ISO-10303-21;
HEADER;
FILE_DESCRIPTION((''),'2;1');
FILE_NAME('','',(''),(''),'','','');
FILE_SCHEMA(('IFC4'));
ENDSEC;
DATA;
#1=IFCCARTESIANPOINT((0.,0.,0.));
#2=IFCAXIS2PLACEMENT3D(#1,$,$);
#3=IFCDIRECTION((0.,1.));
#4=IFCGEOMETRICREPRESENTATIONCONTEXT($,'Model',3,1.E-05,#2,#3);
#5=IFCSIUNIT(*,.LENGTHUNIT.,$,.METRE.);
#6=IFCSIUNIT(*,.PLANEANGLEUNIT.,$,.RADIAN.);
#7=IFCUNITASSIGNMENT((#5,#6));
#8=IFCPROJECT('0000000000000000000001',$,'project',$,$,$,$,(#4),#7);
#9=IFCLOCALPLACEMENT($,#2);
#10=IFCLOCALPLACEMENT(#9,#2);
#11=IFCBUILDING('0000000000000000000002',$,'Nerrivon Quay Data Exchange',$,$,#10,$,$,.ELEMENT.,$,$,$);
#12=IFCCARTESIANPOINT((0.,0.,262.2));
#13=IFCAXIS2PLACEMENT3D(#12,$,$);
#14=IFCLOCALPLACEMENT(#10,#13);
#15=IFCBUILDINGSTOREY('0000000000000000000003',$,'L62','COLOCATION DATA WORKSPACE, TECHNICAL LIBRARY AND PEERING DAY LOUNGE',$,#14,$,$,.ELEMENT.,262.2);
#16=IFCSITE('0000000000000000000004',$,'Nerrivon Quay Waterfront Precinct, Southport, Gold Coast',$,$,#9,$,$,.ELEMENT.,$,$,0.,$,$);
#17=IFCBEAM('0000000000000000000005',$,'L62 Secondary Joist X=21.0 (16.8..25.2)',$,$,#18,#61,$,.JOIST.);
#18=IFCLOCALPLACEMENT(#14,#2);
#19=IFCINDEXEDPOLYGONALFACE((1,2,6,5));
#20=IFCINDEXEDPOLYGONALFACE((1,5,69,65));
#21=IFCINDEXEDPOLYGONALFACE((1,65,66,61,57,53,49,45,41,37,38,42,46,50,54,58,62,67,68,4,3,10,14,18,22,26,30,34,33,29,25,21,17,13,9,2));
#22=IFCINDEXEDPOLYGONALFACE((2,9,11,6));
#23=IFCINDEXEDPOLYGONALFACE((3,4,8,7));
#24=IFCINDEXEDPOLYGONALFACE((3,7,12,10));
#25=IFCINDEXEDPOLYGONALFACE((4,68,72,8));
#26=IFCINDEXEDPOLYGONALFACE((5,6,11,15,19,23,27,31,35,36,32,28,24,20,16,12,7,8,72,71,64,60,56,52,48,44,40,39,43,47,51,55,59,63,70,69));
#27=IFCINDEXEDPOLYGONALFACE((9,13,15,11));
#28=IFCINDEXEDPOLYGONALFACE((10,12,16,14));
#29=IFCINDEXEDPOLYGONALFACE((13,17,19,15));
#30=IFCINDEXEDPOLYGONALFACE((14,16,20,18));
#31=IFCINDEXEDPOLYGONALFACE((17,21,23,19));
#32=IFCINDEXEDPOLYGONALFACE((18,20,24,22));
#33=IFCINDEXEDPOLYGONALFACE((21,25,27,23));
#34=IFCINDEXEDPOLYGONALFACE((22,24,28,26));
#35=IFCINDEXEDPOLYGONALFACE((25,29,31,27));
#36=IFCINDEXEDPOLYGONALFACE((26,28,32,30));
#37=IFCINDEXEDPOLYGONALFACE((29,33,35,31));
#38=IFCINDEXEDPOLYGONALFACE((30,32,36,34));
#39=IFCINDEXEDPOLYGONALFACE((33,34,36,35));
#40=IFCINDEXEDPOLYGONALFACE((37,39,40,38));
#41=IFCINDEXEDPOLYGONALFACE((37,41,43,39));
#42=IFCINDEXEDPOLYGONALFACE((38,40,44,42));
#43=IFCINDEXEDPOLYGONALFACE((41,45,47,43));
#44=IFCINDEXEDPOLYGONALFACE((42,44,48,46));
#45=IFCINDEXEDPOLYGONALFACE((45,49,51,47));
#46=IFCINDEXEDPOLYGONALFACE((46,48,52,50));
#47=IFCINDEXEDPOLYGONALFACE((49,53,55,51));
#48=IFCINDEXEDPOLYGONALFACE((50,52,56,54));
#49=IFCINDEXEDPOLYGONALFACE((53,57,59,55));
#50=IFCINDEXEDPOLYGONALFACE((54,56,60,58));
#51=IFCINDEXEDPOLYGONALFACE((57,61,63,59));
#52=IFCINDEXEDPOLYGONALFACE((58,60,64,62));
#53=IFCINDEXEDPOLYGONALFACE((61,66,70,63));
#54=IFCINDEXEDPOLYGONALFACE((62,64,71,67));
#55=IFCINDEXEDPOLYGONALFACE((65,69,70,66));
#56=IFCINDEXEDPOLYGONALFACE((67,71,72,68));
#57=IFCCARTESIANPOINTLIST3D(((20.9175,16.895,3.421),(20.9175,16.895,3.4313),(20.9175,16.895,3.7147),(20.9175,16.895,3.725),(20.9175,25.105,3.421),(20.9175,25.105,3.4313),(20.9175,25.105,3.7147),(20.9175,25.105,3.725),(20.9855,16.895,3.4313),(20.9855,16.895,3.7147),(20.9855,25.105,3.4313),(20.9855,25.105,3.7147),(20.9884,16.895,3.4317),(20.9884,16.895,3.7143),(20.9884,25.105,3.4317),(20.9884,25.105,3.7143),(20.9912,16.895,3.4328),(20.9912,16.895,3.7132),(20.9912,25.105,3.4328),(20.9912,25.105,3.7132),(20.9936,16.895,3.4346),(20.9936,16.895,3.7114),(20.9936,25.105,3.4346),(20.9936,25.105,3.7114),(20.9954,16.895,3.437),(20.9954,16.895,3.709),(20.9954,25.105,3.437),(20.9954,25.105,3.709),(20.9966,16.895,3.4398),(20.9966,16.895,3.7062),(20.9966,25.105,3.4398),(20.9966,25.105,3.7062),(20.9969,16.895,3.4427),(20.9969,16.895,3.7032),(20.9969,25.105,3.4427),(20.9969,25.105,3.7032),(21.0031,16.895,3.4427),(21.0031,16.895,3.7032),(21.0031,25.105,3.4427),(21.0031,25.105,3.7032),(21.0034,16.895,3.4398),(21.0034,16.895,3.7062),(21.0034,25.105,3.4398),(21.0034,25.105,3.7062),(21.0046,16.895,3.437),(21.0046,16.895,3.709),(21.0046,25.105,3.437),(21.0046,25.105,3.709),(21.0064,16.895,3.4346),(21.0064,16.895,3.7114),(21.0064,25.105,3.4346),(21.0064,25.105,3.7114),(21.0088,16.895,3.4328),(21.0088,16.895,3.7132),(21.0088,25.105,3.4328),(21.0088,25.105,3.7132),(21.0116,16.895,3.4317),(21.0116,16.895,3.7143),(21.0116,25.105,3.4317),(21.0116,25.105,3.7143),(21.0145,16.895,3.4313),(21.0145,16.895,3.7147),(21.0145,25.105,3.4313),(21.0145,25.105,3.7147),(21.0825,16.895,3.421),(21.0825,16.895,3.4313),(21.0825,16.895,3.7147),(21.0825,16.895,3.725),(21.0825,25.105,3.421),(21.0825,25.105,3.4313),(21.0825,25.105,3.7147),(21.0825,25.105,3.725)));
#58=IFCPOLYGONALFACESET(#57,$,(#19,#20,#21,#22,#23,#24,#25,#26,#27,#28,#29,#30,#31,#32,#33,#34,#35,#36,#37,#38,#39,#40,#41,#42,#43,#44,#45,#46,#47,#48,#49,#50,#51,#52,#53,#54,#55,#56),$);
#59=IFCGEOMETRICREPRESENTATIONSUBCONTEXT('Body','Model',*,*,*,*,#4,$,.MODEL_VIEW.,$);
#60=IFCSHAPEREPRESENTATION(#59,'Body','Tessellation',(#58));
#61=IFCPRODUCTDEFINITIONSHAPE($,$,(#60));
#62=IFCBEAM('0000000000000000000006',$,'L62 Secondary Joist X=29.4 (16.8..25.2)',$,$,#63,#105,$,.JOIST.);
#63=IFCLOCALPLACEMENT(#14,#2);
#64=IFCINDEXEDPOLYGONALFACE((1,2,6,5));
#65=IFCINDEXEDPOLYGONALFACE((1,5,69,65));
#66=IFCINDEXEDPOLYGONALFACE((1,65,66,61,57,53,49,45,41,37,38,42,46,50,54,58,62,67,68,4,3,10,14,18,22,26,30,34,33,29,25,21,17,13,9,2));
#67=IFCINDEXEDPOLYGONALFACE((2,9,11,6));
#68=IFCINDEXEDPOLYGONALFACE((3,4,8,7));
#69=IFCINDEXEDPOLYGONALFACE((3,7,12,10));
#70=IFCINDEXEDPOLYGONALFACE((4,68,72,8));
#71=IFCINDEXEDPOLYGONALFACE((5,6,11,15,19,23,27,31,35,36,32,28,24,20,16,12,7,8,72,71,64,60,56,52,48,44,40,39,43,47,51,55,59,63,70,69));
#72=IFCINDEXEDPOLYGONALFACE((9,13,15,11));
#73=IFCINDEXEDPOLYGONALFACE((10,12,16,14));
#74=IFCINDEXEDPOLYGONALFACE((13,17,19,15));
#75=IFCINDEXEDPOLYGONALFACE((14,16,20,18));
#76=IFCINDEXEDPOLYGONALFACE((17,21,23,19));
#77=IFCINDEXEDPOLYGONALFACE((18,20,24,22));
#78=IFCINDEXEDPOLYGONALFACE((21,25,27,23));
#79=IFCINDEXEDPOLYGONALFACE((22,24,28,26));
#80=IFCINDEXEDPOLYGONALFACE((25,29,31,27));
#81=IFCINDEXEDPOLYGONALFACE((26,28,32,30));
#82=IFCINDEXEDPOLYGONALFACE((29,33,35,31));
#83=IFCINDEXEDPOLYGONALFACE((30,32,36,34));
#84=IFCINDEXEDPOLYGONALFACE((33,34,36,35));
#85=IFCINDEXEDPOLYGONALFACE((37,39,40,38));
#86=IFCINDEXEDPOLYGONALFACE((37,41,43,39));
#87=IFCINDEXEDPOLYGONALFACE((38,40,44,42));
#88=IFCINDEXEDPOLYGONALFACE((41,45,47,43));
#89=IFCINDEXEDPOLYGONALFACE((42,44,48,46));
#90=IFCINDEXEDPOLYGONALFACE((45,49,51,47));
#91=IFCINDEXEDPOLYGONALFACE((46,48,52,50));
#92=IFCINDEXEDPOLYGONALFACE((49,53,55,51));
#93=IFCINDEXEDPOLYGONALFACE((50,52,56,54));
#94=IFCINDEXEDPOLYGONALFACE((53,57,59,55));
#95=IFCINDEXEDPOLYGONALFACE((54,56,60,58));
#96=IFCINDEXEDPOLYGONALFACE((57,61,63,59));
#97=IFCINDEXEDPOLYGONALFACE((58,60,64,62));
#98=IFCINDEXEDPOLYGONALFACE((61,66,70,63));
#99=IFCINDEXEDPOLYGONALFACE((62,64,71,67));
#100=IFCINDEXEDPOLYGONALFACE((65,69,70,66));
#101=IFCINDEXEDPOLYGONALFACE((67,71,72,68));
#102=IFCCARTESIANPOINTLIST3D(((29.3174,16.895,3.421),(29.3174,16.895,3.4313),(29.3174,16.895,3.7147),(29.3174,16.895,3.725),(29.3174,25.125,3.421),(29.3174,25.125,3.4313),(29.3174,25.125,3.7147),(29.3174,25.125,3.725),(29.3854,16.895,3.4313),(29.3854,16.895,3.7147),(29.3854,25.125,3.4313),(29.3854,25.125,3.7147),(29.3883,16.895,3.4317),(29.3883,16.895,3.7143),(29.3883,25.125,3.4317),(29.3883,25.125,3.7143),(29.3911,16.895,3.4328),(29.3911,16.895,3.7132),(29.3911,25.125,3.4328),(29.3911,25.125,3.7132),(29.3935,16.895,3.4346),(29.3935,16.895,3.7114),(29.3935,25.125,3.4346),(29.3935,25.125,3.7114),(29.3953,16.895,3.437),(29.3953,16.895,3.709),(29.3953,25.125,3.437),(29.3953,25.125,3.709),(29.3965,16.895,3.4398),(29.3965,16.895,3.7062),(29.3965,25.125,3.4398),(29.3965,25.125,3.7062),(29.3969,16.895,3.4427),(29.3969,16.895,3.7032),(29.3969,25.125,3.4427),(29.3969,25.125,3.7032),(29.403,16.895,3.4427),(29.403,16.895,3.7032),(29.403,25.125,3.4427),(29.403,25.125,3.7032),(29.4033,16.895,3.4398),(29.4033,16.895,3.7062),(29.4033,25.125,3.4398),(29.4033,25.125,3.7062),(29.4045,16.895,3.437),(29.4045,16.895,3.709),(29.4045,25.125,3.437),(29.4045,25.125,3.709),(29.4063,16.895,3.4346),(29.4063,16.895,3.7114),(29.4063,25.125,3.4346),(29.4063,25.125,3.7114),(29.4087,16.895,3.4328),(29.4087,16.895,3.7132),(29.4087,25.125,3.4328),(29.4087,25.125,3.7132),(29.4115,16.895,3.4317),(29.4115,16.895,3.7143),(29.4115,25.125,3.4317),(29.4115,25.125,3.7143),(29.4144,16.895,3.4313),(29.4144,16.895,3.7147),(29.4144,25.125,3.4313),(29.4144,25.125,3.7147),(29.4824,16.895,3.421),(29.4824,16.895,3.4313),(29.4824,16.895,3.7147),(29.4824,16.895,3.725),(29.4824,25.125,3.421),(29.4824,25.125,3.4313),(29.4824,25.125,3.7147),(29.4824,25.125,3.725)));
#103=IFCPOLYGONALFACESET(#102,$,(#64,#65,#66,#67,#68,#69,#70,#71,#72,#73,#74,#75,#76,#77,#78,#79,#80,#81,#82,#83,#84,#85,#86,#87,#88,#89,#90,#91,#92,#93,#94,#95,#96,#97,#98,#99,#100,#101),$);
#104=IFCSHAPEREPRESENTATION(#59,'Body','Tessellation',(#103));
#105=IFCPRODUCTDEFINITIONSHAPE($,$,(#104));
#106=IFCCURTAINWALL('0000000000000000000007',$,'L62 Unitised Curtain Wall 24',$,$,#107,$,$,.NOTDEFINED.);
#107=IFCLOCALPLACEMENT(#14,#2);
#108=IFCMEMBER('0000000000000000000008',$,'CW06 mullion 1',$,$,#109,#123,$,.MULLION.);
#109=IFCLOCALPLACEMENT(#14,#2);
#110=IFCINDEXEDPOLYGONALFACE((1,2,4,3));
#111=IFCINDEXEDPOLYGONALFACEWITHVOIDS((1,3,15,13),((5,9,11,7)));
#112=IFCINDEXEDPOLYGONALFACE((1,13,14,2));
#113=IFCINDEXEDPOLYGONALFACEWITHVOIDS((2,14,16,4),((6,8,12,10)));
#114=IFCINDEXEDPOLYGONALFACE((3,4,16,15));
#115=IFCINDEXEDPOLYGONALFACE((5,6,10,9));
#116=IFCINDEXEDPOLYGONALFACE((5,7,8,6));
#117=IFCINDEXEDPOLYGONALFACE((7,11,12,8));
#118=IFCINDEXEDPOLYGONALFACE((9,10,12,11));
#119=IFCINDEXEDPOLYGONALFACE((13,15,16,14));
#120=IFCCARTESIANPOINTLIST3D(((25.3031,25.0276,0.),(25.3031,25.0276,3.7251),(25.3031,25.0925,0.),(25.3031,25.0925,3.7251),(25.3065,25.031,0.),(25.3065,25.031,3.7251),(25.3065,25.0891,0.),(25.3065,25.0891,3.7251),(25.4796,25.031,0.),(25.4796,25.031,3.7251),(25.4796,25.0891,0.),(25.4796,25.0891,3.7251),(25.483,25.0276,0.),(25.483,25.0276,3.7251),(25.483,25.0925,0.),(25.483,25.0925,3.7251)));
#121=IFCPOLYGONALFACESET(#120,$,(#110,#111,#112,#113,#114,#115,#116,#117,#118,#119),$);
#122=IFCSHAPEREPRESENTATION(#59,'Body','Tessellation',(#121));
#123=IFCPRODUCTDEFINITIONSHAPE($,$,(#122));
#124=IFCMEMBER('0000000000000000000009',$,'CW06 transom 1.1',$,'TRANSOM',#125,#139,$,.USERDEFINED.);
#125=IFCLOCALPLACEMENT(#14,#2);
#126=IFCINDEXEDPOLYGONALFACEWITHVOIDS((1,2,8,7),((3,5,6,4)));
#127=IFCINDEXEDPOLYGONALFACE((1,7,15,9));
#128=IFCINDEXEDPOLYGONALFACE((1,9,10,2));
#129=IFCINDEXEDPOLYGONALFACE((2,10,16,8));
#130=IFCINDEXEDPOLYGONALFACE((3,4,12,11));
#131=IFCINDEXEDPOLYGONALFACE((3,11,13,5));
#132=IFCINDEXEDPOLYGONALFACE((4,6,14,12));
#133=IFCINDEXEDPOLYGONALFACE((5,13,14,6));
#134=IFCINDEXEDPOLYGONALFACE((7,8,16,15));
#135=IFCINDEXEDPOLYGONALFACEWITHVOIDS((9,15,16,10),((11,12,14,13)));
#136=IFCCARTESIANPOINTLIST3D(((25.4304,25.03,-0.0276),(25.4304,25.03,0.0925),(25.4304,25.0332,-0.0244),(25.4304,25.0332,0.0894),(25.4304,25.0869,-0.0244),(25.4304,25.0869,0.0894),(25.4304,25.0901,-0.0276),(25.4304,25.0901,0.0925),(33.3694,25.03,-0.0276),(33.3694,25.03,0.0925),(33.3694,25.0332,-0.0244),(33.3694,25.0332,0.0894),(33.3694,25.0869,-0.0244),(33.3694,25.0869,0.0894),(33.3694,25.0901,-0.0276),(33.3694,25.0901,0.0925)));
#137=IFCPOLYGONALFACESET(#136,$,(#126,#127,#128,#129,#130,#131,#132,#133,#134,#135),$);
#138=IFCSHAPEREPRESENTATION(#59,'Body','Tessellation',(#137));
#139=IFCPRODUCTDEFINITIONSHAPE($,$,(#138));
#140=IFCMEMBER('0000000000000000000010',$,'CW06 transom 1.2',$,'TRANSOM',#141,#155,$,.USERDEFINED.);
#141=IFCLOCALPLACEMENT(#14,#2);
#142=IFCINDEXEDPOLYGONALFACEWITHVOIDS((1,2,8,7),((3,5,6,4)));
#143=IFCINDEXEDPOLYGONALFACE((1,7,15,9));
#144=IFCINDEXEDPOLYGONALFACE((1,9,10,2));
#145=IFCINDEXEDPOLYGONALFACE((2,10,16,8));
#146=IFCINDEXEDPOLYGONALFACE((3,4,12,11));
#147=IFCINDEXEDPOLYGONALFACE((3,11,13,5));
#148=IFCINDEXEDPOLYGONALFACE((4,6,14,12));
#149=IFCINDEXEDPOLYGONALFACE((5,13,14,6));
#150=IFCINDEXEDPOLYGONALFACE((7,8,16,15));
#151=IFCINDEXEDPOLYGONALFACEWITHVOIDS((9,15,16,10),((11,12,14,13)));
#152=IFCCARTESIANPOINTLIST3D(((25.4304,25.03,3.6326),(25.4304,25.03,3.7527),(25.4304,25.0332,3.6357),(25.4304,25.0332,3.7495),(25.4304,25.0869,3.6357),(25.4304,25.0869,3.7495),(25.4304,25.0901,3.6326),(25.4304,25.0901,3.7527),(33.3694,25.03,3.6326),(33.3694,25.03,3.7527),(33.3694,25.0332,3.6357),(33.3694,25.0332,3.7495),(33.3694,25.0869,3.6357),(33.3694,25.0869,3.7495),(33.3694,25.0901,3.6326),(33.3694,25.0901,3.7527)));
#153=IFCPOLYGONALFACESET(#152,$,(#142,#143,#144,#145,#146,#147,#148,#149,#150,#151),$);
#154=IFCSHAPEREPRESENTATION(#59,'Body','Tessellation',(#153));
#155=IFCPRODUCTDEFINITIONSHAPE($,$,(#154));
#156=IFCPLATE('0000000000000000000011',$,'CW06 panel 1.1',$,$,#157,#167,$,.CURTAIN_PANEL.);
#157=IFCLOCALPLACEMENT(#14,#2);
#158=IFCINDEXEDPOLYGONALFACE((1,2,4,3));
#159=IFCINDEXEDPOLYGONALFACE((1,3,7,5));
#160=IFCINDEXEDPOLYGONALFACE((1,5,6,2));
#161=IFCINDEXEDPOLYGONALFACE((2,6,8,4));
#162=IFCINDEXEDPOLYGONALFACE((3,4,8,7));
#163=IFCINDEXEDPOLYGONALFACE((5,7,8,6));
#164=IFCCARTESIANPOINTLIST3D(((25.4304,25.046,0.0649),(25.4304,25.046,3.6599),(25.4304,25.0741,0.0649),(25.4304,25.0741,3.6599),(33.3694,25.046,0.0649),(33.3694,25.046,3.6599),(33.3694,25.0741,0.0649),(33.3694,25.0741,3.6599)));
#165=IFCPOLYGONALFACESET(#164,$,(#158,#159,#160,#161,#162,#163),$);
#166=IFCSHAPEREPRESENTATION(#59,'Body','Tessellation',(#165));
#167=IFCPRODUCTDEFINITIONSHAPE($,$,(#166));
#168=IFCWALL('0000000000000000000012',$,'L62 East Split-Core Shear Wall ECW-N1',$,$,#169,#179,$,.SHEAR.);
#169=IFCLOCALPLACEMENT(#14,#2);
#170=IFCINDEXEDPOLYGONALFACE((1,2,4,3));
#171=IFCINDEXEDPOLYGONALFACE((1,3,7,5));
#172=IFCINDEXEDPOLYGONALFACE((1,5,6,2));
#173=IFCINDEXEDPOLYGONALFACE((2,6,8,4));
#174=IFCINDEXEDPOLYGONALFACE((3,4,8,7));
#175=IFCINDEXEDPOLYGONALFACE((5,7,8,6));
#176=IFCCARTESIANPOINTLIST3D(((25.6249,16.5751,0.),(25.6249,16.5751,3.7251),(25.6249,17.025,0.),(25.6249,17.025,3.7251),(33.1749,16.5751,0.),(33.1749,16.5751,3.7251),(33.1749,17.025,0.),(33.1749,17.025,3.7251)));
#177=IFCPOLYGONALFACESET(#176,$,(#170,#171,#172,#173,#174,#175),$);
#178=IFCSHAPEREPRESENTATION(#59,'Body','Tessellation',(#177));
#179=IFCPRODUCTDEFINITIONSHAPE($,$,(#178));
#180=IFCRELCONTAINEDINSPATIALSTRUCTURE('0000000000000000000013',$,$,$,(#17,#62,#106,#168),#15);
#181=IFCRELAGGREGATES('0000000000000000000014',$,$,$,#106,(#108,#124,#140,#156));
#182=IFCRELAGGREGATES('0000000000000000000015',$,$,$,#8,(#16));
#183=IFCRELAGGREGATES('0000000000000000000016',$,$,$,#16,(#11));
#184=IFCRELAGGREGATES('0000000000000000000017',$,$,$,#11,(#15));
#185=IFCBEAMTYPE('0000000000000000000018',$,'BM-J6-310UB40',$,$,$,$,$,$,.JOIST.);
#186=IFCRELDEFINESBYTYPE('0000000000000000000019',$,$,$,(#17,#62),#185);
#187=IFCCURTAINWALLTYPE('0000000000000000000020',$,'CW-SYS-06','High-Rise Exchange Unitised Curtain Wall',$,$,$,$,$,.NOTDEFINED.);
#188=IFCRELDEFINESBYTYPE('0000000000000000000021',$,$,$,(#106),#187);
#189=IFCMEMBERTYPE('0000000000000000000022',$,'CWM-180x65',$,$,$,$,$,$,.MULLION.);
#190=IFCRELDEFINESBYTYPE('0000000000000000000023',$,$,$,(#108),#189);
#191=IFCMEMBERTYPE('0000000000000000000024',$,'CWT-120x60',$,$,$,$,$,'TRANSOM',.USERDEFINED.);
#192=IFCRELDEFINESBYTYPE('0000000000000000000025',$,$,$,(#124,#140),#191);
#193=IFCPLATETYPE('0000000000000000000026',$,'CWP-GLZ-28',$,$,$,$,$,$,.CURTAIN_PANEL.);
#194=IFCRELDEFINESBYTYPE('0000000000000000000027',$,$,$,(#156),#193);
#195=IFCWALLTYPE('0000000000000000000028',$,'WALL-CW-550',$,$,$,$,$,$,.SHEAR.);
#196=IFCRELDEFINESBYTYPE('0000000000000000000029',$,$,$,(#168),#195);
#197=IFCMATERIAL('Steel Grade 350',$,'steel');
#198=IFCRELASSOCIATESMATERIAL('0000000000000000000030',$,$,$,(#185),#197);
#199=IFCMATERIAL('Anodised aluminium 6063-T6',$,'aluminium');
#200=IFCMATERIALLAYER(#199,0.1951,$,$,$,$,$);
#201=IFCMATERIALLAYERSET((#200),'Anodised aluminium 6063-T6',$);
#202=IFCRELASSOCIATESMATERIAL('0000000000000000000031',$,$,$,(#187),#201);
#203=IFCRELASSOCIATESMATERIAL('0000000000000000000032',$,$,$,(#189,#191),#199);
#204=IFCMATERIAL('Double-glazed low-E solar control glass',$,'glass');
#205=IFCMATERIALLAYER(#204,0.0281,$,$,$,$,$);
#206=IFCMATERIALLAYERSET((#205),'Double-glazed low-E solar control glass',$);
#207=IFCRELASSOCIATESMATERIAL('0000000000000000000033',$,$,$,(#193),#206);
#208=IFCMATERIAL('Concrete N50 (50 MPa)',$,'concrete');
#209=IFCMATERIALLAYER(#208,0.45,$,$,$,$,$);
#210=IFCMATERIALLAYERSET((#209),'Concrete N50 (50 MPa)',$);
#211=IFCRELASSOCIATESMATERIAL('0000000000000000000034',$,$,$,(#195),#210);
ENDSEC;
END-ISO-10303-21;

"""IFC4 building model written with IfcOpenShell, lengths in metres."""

from ifc_helpers import new_model, si_unit, direction, frame, frame_2d, origin, origin_2d, place, context, subcontext, project, spatial, rectangle, hollow_rectangle, i_section, extrude, material, layer, layer_set, material_profile, profile_set, type_object, element, aggregate, save


model = new_model("IFC4")

# Units and contexts
model_context = context("Model", 3, precision=1e-05, world=origin(), true_north=direction((0.0, 1.0)))
body_context = subcontext(model_context, "Body", "Model", "MODEL_VIEW")
ifc_project = project(units=[si_unit("LENGTHUNIT", "METRE"), si_unit("PLANEANGLEUNIT", "RADIAN")], contexts=[model_context])

# Site, building, storey
site_placement = place(None, origin())
site = spatial("IfcSite", under=ifc_project, at=site_placement, Name="Nerrivon Quay Waterfront Precinct, Southport, Gold Coast", CompositionType="ELEMENT", RefElevation=0.0)
building_placement = place(site_placement, origin())
building = spatial("IfcBuilding", under=site, at=building_placement, Name="Nerrivon Quay Data Exchange", CompositionType="ELEMENT")
storey_placement = place(building_placement, frame((0.0, 0.0, 262.2)))
storey = spatial("IfcBuildingStorey", under=building, at=storey_placement, Name="L62", Description="COLOCATION DATA WORKSPACE, TECHNICAL LIBRARY AND PEERING DAY LOUNGE", CompositionType="ELEMENT", Elevation=262.2)

# Shared definitions
ifc_material_1 = material(Name="Concrete N50 (50 MPa)", Category="concrete")

# Beams
ifc_material_2 = material(Name="Steel Grade 350", Category="steel")
ifc_material_profile_1 = material_profile(ifc_material_2, i_section(OverallWidth=0.165, OverallDepth=0.304, WebThickness=0.0061, FlangeThickness=0.0103, FilletRadius=0.0115, at=origin_2d()), Name="310UB40.4")
ifc_profile_set_1 = profile_set([ifc_material_profile_1], Name="Steel Grade 350")
beam_type_1 = type_object("IfcBeamType", Name="BM-J6-310UB40", PredefinedType="JOIST", material=ifc_profile_set_1)
beam_1_placement = place(storey_placement, frame((21.0, 16.895, 3.573), z_axis=(0.0, 1.0, 0.0), x_axis=(-1.0, 0.0, 0.0)))
element("IfcBeam", 1, at=beam_1_placement, inside=storey, type_object=beam_type_1, Name="L62 Secondary Joist X=21.0 (16.8..25.2)", PredefinedType="JOIST", context=body_context, shape_type="SweptSolid", body=[
    extrude(i_section(OverallWidth=0.165, OverallDepth=0.304, WebThickness=0.0061, FlangeThickness=0.0103, FilletRadius=0.0115, at=origin_2d()), origin(), (0.0, 0.0, 1.0), 8.21),
])
beam_2_placement = place(storey_placement, frame((29.3999, 16.895, 3.573), z_axis=(0.0, 1.0, 0.0), x_axis=(-1.0, 0.0, 0.0)))
element("IfcBeam", 2, at=beam_2_placement, inside=storey, type_object=beam_type_1, Name="L62 Secondary Joist X=29.4 (16.8..25.2)", PredefinedType="JOIST", context=body_context, shape_type="SweptSolid", body=[
    extrude(i_section(OverallWidth=0.165, OverallDepth=0.304, WebThickness=0.0061, FlangeThickness=0.0103, FilletRadius=0.0115, at=origin_2d()), origin(), (0.0, 0.0, 1.0), 8.23),
])

# Curtain wall, members, plate
ifc_material_3 = material(Name="Anodised aluminium 6063-T6", Category="aluminium")
ifc_layer_1 = layer(ifc_material_3, 0.1951)
ifc_layer_set_1 = layer_set([ifc_layer_1], Name="Anodised aluminium 6063-T6")
curtain_wall_type = type_object("IfcCurtainWallType", Name="CW-SYS-06", Description="High-Rise Exchange Unitised Curtain Wall", PredefinedType="NOTDEFINED", material=ifc_layer_set_1)
curtain_wall_placement = place(storey_placement, origin())
curtain_wall = element("IfcCurtainWall", 3, at=curtain_wall_placement, inside=storey, type_object=curtain_wall_type, Name="L62 Unitised Curtain Wall 24", PredefinedType="NOTDEFINED")
ifc_material_profile_2 = material_profile(ifc_material_3, hollow_rectangle(XDim=0.0649, YDim=0.1799, WallThickness=0.0034, at=origin_2d()), Name="ALU-MULL-180x65")
ifc_profile_set_2 = profile_set([ifc_material_profile_2], Name="Anodised aluminium 6063-T6")
member_type_1 = type_object("IfcMemberType", Name="CWM-180x65", PredefinedType="MULLION", material=ifc_profile_set_2)
member_1_placement = place(storey_placement, frame((25.3931, 25.0601, 0.0), z_axis=(0.0, 0.0, 1.0), x_axis=(0.0, 1.0, 0.0)))
member_1 = element("IfcMember", 4, at=member_1_placement, type_object=member_type_1, Name="CW06 mullion 1", PredefinedType="MULLION", context=body_context, shape_type="SweptSolid", body=[
    extrude(hollow_rectangle(XDim=0.0649, YDim=0.1799, WallThickness=0.0034, at=origin_2d()), origin(), (0.0, 0.0, 1.0), 3.7251),
])
ifc_material_profile_3 = material_profile(ifc_material_3, hollow_rectangle(XDim=0.0601, YDim=0.1201, WallThickness=0.0032, at=origin_2d()), Name="ALU-TRAN-120x60")
ifc_profile_set_3 = profile_set([ifc_material_profile_3], Name="Anodised aluminium 6063-T6")
member_type_2 = type_object("IfcMemberType", Name="CWT-120x60", ElementType="TRANSOM", PredefinedType="USERDEFINED", material=ifc_profile_set_3)
member_2_placement = place(storey_placement, frame((25.4304, 25.0601, 0.0325), z_axis=(1.0, 0.0, 0.0), x_axis=(0.0, 1.0, 0.0)))
member_2 = element("IfcMember", 5, at=member_2_placement, type_object=member_type_2, Name="CW06 transom 1.1", ObjectType="TRANSOM", PredefinedType="USERDEFINED", context=body_context, shape_type="SweptSolid", body=[
    extrude(hollow_rectangle(XDim=0.0601, YDim=0.1201, WallThickness=0.0032, at=origin_2d()), origin(), (0.0, 0.0, 1.0), 7.939),
])
member_3_placement = place(storey_placement, frame((25.4304, 25.0601, 3.6926), z_axis=(1.0, 0.0, 0.0), x_axis=(0.0, 1.0, 0.0)))
member_3 = element("IfcMember", 6, at=member_3_placement, type_object=member_type_2, Name="CW06 transom 1.2", ObjectType="TRANSOM", PredefinedType="USERDEFINED", context=body_context, shape_type="SweptSolid", body=[
    extrude(hollow_rectangle(XDim=0.0601, YDim=0.1201, WallThickness=0.0032, at=origin_2d()), origin(), (0.0, 0.0, 1.0), 7.939),
])
ifc_material_4 = material(Name="Double-glazed low-E solar control glass", Category="glass")
ifc_layer_2 = layer(ifc_material_4, 0.0281)
ifc_layer_set_2 = layer_set([ifc_layer_2], Name="Double-glazed low-E solar control glass")
plate_type = type_object("IfcPlateType", Name="CWP-GLZ-28", PredefinedType="CURTAIN_PANEL", material=ifc_layer_set_2)
plate_placement = place(storey_placement, frame((29.3999, 25.0601, 0.0649), z_axis=(0.0, 0.0, 1.0), x_axis=(1.0, 0.0, 0.0)))
plate = element("IfcPlate", 7, at=plate_placement, type_object=plate_type, Name="CW06 panel 1.1", PredefinedType="CURTAIN_PANEL", context=body_context, shape_type="SweptSolid", body=[
    extrude(rectangle(XDim=7.939, YDim=0.0281, at=origin_2d()), origin(), (0.0, 0.0, 1.0), 3.595),
])
aggregate(curtain_wall, [member_1, member_2, member_3, plate])

# Wall
ifc_layer_3 = layer(ifc_material_1, 0.45)
ifc_layer_set_3 = layer_set([ifc_layer_3], Name="Concrete N50 (50 MPa)")
wall_type_1 = type_object("IfcWallType", Name="WALL-CW-550", PredefinedType="SHEAR", material=ifc_layer_set_3)
wall_1_placement = place(storey_placement, frame((25.625, 16.8, 0.0), z_axis=(0.0, 0.0, 1.0), x_axis=(1.0, 0.0, 0.0)))
element("IfcWall", 8, at=wall_1_placement, inside=storey, type_object=wall_type_1, Name="L62 East Split-Core Shear Wall ECW-N1", PredefinedType="SHEAR", context=body_context, shape_type="SweptSolid", body=[
    extrude(rectangle(XDim=7.55, YDim=0.45, at=frame_2d((3.7749, 0.0))), origin(), (0.0, 0.0, 1.0), 3.7251),
])

save(model, "model.ifc")
